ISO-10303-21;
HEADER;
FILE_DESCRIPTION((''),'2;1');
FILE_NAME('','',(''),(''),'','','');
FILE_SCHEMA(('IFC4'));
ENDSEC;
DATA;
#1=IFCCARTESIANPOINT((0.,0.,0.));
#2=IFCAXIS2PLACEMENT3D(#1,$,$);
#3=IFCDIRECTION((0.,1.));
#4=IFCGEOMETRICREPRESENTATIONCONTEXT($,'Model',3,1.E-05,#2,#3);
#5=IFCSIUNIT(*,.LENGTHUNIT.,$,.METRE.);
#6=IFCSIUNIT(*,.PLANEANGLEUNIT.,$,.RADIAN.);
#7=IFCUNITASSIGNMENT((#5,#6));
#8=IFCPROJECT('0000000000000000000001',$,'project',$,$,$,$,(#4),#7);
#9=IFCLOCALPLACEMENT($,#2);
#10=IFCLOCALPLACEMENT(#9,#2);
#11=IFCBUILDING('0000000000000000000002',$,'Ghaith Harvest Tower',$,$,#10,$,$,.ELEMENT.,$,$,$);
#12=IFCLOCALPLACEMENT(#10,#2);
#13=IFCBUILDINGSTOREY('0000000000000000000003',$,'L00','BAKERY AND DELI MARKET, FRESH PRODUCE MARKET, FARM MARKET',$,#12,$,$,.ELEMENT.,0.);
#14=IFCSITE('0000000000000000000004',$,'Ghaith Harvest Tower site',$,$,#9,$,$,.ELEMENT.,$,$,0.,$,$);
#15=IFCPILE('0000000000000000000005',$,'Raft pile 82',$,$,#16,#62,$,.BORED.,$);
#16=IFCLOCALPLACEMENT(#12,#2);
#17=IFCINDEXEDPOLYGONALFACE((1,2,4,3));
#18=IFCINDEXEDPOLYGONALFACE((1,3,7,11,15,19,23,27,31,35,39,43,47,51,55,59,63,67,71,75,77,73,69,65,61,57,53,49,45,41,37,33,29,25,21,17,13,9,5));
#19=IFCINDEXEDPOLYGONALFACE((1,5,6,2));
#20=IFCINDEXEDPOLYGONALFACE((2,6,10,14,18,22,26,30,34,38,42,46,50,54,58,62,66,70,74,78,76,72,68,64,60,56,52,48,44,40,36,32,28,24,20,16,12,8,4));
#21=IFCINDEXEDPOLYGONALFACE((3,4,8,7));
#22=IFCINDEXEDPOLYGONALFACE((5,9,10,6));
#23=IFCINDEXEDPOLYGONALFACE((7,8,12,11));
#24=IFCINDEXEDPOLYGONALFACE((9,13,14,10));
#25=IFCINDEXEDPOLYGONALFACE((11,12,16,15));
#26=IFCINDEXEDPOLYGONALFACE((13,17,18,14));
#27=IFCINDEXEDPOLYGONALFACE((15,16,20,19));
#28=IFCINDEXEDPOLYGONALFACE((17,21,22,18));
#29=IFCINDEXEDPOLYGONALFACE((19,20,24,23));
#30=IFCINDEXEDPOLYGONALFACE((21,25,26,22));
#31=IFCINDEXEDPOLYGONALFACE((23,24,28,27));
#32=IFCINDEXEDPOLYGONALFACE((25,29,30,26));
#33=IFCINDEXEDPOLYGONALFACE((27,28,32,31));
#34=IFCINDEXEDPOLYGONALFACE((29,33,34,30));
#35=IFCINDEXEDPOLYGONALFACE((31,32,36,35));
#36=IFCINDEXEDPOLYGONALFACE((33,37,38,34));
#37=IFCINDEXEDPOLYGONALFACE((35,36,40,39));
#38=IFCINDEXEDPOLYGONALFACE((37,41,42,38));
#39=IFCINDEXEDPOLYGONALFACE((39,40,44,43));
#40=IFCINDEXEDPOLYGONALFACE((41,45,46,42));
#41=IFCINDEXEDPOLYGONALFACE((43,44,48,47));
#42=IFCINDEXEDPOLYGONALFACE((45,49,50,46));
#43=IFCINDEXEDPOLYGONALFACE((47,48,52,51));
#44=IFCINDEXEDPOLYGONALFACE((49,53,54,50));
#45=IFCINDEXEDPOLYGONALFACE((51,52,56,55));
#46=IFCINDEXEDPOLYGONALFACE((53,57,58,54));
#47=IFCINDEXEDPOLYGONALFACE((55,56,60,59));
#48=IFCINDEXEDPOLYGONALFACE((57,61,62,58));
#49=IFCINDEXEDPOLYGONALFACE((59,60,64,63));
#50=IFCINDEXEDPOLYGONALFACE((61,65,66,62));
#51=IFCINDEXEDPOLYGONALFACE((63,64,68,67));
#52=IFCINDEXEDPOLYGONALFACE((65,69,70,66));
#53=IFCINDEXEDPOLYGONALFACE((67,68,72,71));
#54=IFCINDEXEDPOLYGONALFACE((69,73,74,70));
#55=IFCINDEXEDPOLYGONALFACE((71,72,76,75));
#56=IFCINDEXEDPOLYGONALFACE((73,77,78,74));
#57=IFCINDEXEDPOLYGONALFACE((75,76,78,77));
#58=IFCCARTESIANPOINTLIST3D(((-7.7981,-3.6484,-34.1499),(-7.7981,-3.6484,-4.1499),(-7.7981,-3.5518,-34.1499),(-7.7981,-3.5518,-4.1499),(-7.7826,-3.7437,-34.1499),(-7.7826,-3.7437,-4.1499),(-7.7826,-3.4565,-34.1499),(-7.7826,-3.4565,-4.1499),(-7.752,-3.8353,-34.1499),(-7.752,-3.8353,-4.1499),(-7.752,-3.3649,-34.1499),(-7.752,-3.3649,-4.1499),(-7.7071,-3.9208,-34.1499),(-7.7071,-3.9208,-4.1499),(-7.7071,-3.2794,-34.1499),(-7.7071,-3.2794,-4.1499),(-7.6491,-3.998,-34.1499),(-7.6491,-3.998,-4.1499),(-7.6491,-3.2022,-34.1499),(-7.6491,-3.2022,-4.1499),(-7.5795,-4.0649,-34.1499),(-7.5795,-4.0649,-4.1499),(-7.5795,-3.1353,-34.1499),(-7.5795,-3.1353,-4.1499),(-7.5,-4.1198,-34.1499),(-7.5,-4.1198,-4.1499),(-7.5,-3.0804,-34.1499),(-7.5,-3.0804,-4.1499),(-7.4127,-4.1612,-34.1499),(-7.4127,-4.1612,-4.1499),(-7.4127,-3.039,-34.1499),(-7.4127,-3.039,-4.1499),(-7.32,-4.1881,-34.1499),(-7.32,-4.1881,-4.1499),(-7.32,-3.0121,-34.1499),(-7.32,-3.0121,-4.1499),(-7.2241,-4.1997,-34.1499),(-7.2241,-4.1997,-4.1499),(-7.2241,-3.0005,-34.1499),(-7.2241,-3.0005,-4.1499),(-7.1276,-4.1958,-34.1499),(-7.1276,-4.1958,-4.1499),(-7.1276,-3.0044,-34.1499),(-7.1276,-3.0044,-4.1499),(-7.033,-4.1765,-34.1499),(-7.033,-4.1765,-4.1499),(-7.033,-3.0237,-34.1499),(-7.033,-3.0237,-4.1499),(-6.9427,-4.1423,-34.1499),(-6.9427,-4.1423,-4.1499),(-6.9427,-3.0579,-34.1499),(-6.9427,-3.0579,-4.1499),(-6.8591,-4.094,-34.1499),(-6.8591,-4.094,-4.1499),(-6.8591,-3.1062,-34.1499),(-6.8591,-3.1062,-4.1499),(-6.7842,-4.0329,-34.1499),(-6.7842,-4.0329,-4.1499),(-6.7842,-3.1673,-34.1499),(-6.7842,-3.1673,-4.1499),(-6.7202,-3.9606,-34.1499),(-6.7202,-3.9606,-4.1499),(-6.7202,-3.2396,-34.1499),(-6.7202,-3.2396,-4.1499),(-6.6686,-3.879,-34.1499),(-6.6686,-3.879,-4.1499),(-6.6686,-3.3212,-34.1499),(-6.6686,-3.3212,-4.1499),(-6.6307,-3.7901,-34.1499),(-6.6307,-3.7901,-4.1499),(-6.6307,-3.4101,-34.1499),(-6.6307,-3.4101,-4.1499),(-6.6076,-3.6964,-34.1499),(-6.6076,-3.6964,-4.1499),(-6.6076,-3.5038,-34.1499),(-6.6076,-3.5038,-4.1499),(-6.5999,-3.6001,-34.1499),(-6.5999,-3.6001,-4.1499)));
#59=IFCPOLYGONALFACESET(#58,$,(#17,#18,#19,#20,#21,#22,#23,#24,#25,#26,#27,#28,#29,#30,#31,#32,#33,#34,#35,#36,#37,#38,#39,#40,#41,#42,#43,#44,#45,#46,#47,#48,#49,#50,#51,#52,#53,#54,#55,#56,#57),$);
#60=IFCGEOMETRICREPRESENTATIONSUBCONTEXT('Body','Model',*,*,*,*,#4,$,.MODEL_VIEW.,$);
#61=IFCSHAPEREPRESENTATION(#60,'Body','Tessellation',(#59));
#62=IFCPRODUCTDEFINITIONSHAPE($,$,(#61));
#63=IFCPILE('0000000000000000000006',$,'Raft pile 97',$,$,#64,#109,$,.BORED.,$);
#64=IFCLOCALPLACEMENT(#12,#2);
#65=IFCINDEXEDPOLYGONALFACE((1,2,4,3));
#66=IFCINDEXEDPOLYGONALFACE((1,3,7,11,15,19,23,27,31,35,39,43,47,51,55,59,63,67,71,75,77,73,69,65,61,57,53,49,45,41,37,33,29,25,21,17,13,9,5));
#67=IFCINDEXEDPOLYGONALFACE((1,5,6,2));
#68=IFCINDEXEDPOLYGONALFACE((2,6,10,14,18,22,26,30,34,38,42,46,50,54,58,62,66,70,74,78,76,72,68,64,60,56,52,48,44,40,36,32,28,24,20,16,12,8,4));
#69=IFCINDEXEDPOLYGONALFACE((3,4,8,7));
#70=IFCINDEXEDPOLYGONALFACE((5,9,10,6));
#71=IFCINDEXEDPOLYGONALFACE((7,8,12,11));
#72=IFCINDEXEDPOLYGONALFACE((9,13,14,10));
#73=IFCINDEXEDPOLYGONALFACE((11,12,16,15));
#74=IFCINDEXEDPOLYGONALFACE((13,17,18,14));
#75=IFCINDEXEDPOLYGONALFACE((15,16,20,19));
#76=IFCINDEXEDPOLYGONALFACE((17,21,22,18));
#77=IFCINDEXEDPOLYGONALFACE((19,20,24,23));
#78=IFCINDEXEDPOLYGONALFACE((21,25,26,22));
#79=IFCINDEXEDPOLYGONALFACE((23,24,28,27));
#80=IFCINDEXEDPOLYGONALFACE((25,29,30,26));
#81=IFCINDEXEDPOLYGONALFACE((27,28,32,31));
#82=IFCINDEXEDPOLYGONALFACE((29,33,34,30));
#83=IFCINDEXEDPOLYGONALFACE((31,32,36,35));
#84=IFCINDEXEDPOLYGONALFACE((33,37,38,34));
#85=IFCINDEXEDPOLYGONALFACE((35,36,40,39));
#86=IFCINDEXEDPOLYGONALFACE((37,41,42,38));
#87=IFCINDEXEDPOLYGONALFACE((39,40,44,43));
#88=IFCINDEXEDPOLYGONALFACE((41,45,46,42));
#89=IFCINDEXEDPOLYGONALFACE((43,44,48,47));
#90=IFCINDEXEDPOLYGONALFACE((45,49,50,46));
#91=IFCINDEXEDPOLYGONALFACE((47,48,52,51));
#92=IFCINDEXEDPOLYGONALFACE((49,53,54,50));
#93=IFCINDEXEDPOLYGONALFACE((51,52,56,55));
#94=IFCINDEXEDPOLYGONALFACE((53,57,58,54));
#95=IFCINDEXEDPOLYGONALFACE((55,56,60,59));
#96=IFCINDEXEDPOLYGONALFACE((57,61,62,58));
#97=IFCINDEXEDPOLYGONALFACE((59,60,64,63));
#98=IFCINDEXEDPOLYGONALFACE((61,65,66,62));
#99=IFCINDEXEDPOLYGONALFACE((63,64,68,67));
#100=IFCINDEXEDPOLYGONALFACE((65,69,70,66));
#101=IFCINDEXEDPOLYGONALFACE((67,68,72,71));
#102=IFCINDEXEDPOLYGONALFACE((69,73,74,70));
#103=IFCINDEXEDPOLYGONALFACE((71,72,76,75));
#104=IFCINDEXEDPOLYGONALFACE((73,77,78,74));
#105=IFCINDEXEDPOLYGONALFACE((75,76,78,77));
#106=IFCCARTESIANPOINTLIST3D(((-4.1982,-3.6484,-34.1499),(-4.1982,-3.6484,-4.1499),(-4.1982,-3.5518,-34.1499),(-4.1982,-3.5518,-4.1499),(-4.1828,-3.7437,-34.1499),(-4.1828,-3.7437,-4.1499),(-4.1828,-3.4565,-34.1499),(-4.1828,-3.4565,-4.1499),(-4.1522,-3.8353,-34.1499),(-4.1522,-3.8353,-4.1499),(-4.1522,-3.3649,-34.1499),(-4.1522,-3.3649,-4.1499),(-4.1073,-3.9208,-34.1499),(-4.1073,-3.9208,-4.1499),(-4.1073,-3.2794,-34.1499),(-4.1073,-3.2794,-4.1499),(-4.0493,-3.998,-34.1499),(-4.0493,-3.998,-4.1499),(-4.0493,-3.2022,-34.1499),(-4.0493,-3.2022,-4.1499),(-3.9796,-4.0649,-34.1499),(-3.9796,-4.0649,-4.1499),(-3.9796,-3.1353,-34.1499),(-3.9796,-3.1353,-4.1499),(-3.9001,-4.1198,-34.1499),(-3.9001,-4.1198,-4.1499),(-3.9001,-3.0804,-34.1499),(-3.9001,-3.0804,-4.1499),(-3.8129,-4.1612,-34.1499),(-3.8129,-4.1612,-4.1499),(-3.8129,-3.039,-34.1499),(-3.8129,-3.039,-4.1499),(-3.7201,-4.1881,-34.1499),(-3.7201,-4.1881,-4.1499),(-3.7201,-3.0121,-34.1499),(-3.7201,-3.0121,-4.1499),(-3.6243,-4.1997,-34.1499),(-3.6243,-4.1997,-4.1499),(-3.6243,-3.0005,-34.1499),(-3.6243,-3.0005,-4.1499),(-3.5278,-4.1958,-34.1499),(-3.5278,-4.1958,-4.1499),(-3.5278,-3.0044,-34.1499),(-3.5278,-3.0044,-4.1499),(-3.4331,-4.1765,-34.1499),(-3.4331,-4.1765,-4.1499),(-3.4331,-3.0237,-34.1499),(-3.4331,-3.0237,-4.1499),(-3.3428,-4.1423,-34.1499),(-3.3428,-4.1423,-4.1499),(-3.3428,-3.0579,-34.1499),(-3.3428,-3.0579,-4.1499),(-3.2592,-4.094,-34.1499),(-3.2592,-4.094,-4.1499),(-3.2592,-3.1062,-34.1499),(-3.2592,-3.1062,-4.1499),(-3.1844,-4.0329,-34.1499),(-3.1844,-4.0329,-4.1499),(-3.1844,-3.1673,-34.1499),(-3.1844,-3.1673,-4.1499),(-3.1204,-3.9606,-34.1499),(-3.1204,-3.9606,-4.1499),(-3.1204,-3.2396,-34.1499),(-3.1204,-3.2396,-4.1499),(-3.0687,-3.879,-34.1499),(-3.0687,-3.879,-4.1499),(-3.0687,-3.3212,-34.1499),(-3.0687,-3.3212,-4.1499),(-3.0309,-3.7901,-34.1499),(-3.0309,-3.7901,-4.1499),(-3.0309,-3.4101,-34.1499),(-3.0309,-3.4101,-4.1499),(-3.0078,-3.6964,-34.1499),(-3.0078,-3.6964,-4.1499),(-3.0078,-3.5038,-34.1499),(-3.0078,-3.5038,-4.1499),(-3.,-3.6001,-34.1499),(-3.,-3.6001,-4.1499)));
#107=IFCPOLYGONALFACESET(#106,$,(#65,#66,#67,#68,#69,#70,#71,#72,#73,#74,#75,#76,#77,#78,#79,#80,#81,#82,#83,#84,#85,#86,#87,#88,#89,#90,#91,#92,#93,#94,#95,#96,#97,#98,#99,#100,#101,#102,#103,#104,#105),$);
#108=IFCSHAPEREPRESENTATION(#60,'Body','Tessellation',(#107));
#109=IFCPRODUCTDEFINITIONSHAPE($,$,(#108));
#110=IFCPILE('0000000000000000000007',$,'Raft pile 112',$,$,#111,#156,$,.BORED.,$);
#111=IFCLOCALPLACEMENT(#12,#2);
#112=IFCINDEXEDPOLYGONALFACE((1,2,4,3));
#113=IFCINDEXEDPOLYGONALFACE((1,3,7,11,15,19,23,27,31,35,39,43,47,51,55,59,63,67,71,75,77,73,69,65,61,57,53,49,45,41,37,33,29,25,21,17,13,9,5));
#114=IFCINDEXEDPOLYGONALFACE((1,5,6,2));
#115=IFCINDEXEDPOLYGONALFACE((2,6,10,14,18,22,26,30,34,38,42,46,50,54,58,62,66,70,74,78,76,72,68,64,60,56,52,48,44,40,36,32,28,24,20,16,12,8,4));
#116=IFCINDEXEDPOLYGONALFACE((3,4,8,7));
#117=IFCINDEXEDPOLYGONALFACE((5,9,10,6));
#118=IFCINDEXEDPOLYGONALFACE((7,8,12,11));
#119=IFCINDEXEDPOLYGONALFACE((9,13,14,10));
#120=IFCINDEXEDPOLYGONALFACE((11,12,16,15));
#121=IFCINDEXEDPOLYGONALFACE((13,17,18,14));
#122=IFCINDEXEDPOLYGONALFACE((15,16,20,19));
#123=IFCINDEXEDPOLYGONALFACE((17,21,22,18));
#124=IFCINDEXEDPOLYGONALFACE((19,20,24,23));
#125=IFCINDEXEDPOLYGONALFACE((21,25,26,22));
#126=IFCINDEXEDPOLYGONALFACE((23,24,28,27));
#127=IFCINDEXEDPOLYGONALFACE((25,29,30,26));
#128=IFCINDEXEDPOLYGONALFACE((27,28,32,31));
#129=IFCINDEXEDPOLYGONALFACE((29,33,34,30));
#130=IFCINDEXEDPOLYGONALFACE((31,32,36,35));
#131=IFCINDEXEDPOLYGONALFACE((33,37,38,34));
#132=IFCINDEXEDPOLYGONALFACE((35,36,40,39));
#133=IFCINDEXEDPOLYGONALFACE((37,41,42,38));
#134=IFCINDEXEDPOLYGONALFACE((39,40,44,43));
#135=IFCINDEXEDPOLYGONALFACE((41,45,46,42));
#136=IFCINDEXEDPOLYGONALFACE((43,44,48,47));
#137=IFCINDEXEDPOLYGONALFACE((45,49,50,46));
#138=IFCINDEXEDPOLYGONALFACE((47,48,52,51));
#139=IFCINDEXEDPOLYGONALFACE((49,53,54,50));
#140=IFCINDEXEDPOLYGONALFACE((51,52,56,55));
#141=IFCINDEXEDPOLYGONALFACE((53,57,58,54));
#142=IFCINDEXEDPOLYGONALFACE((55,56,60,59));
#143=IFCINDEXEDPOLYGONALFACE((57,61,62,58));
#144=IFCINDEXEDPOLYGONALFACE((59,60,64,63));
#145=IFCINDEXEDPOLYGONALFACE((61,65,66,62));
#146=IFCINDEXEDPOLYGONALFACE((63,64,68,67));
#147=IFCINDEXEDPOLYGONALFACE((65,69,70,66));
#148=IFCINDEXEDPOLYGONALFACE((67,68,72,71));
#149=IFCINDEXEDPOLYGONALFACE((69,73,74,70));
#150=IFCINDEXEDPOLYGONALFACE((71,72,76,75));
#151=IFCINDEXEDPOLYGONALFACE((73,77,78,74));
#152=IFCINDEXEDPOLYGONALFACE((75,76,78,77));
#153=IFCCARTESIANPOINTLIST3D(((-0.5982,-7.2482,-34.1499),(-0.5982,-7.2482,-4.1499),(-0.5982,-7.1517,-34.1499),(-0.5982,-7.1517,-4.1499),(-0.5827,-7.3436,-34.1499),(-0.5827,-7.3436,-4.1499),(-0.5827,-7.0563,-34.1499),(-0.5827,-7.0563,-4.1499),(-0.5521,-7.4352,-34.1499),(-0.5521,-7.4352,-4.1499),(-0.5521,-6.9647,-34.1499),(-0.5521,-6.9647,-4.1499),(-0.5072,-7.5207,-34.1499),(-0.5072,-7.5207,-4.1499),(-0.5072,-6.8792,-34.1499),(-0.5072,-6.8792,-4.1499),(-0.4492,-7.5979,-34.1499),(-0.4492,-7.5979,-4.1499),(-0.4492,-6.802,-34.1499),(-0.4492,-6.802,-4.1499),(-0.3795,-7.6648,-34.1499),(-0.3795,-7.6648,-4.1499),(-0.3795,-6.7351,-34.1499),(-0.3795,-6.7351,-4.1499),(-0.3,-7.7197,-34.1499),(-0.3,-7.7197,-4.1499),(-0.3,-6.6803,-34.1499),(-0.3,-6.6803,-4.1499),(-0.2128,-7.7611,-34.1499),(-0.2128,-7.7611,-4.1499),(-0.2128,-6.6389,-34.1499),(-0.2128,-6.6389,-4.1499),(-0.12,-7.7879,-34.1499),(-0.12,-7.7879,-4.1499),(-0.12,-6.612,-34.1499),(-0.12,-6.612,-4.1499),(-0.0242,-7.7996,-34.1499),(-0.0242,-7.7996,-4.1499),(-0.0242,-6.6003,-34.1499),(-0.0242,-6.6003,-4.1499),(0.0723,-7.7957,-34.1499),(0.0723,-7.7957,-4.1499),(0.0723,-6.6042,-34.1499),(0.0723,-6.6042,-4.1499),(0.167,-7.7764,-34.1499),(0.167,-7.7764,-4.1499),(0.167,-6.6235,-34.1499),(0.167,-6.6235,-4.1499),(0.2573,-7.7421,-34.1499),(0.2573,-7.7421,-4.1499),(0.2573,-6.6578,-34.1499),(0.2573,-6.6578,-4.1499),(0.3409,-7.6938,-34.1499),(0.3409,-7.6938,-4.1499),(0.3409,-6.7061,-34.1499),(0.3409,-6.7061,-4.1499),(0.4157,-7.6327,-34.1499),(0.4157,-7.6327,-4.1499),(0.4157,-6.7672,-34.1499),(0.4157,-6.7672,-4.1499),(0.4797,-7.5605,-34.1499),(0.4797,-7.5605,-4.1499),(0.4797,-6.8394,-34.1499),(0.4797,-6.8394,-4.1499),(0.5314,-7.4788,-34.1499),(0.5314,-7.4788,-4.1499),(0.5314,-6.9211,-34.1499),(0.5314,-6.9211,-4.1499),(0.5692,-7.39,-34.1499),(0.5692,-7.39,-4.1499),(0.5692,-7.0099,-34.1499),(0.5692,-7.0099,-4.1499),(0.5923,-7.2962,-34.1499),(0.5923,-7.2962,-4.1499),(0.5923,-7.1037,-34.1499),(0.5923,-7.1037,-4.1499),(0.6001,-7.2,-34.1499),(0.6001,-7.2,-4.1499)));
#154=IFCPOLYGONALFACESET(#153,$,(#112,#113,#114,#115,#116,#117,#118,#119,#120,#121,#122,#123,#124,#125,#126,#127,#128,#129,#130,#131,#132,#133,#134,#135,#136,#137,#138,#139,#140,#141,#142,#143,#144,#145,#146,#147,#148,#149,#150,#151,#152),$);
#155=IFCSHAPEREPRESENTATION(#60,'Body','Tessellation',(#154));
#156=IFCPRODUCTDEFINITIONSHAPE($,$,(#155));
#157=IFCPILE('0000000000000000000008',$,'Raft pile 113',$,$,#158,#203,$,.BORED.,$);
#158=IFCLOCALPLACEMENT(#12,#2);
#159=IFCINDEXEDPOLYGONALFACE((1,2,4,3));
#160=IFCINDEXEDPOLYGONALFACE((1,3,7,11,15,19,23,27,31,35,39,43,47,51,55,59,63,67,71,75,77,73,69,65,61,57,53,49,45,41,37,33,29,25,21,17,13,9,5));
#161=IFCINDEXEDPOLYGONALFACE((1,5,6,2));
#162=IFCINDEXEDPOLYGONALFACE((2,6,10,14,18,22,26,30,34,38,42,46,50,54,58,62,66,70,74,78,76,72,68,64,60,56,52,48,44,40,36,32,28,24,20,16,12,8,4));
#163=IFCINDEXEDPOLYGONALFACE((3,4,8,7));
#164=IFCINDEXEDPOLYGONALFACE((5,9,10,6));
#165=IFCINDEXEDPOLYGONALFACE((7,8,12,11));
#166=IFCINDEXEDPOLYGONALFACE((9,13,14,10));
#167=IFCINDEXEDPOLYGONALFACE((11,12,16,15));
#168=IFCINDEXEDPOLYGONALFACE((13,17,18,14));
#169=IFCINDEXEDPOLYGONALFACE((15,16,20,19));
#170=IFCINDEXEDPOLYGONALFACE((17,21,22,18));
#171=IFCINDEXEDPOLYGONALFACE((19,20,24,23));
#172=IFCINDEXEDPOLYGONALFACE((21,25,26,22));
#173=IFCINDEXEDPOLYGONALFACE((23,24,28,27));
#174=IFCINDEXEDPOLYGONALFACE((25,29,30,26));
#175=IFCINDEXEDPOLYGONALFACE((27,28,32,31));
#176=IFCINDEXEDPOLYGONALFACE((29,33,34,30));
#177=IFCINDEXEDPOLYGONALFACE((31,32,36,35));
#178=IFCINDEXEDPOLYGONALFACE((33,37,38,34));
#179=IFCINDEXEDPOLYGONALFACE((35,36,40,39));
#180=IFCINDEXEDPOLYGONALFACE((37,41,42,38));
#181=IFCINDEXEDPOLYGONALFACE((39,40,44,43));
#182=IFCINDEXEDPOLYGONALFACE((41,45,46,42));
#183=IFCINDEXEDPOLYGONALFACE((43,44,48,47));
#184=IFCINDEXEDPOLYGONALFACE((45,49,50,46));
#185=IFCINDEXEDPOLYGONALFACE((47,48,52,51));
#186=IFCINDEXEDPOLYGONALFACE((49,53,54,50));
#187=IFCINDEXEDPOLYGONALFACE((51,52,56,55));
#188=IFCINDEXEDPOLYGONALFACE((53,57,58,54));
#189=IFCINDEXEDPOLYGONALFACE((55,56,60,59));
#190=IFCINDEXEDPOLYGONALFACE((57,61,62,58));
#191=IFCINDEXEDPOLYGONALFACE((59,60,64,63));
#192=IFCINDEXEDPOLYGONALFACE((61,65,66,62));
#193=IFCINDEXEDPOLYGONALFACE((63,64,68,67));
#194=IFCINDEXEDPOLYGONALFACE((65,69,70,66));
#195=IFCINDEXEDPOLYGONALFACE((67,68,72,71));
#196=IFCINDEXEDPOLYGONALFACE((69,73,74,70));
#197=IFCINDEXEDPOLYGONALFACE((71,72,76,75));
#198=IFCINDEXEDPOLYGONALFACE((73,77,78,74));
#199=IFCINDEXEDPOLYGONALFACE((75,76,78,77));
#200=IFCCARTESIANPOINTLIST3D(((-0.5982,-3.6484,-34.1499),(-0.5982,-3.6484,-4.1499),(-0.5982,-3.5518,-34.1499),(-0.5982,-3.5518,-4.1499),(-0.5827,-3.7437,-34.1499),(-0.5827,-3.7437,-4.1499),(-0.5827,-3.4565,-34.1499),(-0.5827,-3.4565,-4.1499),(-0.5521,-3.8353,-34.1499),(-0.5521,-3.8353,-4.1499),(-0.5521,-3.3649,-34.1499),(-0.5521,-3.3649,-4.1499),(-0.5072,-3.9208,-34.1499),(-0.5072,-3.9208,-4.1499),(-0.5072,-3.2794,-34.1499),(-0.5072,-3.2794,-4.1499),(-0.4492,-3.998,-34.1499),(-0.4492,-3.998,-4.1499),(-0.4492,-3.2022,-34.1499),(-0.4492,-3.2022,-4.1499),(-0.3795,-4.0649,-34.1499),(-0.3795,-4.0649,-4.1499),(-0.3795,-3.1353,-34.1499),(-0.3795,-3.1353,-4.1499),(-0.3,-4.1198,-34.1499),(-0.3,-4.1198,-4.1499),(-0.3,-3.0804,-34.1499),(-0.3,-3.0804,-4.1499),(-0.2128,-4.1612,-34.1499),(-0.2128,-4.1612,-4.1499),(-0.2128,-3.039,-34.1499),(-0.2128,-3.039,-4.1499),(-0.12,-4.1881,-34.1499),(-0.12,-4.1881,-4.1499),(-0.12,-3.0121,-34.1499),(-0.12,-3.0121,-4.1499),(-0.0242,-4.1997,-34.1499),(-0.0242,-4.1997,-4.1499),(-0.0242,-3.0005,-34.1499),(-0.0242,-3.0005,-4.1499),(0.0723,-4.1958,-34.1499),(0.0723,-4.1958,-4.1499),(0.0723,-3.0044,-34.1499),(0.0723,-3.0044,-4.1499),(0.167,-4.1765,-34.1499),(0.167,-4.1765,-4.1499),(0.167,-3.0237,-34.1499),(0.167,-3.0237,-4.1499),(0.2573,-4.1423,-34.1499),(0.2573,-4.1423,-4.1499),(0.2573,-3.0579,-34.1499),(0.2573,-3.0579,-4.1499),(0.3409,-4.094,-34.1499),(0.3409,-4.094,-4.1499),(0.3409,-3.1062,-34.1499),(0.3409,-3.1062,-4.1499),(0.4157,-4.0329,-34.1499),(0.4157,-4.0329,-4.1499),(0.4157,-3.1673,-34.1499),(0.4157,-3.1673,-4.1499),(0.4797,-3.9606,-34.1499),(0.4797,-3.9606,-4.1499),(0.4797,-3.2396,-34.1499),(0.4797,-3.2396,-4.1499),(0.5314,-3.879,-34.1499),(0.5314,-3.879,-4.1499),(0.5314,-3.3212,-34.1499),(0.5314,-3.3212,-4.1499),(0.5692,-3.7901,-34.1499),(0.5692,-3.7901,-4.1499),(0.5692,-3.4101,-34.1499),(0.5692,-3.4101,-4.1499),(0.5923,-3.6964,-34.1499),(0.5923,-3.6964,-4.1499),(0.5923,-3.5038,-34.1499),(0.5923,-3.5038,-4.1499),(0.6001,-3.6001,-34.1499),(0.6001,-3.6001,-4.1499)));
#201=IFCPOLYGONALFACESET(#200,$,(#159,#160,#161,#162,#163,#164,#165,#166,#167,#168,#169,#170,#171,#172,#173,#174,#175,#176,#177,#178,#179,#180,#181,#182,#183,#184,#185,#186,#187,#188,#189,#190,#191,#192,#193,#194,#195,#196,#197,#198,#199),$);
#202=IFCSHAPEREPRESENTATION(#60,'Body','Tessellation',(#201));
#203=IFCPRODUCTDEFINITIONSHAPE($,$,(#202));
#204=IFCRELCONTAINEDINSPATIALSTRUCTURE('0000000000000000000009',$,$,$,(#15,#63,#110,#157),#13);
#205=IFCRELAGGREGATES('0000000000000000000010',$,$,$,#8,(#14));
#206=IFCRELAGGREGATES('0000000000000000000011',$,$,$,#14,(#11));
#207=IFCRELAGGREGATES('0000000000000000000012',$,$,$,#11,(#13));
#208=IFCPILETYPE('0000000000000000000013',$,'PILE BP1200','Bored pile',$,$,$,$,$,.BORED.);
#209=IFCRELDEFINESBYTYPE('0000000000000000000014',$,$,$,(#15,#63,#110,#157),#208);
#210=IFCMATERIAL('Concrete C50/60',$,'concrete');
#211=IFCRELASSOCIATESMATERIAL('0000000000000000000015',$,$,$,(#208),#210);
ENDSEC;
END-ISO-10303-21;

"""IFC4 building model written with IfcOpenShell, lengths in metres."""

from ifc_helpers import new_model, si_unit, direction, frame, origin, origin_2d, place, context, subcontext, project, spatial, circle, extrude, material, material_profile, profile_set, type_object, element, save


model = new_model("IFC4")

# Units and contexts
model_context = context("Model", 3, precision=1e-05, world=origin(), true_north=direction((0.0, 1.0)))
body_context = subcontext(model_context, "Body", "Model", "MODEL_VIEW")
ifc_project = project(units=[si_unit("LENGTHUNIT", "METRE"), si_unit("PLANEANGLEUNIT", "RADIAN")], contexts=[model_context])

# Site, building, storey
site_placement = place(None, origin())
site = spatial("IfcSite", under=ifc_project, at=site_placement, Name="Ghaith Harvest Tower site", CompositionType="ELEMENT", RefElevation=0.0)
building_placement = place(site_placement, origin())
building = spatial("IfcBuilding", under=site, at=building_placement, Name="Ghaith Harvest Tower", CompositionType="ELEMENT")
storey_placement = place(building_placement, origin())
storey = spatial("IfcBuildingStorey", under=building, at=storey_placement, Name="L00", Description="BAKERY AND DELI MARKET, FRESH PRODUCE MARKET, FARM MARKET", CompositionType="ELEMENT", Elevation=0.0)

# Piles
ifc_material_1 = material(Name="Concrete C50/60", Category="concrete")
ifc_material_profile = material_profile(ifc_material_1, circle(Radius=0.6001, at=origin_2d()), Name="PILE1200")
ifc_profile_set = profile_set([ifc_material_profile], Name="Concrete C50/60")
pile_type = type_object("IfcPileType", Name="PILE BP1200", Description="Bored pile", PredefinedType="BORED", material=ifc_profile_set)
for number, where, z_axis, x_axis, name in (
    (1, (-7.2, -3.6001, -4.1499), (0.0, 0.0, -1.0), (1.0, 0.0, 0.0), "Raft pile 82"),
    (2, (-3.6001, -3.6001, -4.1499), (0.0, 0.0, -1.0), (1.0, 0.0, 0.0), "Raft pile 97"),
    (3, (0.0, -7.2, -4.1499), (0.0, 0.0, -1.0), (1.0, 0.0, 0.0), "Raft pile 112"),
    (4, (0.0, -3.6001, -4.1499), (0.0, 0.0, -1.0), (1.0, 0.0, 0.0), "Raft pile 113"),
):
    element("IfcPile", number, at=place(storey_placement, frame(where, z_axis=z_axis, x_axis=x_axis)), inside=storey, type_object=pile_type, Name=name, PredefinedType="BORED", context=body_context, shape_type="SweptSolid", body=[
        extrude(circle(Radius=0.6001, at=origin_2d()), origin(), (0.0, 0.0, 1.0), 30.0),
    ])

save(model, "model.ifc")
